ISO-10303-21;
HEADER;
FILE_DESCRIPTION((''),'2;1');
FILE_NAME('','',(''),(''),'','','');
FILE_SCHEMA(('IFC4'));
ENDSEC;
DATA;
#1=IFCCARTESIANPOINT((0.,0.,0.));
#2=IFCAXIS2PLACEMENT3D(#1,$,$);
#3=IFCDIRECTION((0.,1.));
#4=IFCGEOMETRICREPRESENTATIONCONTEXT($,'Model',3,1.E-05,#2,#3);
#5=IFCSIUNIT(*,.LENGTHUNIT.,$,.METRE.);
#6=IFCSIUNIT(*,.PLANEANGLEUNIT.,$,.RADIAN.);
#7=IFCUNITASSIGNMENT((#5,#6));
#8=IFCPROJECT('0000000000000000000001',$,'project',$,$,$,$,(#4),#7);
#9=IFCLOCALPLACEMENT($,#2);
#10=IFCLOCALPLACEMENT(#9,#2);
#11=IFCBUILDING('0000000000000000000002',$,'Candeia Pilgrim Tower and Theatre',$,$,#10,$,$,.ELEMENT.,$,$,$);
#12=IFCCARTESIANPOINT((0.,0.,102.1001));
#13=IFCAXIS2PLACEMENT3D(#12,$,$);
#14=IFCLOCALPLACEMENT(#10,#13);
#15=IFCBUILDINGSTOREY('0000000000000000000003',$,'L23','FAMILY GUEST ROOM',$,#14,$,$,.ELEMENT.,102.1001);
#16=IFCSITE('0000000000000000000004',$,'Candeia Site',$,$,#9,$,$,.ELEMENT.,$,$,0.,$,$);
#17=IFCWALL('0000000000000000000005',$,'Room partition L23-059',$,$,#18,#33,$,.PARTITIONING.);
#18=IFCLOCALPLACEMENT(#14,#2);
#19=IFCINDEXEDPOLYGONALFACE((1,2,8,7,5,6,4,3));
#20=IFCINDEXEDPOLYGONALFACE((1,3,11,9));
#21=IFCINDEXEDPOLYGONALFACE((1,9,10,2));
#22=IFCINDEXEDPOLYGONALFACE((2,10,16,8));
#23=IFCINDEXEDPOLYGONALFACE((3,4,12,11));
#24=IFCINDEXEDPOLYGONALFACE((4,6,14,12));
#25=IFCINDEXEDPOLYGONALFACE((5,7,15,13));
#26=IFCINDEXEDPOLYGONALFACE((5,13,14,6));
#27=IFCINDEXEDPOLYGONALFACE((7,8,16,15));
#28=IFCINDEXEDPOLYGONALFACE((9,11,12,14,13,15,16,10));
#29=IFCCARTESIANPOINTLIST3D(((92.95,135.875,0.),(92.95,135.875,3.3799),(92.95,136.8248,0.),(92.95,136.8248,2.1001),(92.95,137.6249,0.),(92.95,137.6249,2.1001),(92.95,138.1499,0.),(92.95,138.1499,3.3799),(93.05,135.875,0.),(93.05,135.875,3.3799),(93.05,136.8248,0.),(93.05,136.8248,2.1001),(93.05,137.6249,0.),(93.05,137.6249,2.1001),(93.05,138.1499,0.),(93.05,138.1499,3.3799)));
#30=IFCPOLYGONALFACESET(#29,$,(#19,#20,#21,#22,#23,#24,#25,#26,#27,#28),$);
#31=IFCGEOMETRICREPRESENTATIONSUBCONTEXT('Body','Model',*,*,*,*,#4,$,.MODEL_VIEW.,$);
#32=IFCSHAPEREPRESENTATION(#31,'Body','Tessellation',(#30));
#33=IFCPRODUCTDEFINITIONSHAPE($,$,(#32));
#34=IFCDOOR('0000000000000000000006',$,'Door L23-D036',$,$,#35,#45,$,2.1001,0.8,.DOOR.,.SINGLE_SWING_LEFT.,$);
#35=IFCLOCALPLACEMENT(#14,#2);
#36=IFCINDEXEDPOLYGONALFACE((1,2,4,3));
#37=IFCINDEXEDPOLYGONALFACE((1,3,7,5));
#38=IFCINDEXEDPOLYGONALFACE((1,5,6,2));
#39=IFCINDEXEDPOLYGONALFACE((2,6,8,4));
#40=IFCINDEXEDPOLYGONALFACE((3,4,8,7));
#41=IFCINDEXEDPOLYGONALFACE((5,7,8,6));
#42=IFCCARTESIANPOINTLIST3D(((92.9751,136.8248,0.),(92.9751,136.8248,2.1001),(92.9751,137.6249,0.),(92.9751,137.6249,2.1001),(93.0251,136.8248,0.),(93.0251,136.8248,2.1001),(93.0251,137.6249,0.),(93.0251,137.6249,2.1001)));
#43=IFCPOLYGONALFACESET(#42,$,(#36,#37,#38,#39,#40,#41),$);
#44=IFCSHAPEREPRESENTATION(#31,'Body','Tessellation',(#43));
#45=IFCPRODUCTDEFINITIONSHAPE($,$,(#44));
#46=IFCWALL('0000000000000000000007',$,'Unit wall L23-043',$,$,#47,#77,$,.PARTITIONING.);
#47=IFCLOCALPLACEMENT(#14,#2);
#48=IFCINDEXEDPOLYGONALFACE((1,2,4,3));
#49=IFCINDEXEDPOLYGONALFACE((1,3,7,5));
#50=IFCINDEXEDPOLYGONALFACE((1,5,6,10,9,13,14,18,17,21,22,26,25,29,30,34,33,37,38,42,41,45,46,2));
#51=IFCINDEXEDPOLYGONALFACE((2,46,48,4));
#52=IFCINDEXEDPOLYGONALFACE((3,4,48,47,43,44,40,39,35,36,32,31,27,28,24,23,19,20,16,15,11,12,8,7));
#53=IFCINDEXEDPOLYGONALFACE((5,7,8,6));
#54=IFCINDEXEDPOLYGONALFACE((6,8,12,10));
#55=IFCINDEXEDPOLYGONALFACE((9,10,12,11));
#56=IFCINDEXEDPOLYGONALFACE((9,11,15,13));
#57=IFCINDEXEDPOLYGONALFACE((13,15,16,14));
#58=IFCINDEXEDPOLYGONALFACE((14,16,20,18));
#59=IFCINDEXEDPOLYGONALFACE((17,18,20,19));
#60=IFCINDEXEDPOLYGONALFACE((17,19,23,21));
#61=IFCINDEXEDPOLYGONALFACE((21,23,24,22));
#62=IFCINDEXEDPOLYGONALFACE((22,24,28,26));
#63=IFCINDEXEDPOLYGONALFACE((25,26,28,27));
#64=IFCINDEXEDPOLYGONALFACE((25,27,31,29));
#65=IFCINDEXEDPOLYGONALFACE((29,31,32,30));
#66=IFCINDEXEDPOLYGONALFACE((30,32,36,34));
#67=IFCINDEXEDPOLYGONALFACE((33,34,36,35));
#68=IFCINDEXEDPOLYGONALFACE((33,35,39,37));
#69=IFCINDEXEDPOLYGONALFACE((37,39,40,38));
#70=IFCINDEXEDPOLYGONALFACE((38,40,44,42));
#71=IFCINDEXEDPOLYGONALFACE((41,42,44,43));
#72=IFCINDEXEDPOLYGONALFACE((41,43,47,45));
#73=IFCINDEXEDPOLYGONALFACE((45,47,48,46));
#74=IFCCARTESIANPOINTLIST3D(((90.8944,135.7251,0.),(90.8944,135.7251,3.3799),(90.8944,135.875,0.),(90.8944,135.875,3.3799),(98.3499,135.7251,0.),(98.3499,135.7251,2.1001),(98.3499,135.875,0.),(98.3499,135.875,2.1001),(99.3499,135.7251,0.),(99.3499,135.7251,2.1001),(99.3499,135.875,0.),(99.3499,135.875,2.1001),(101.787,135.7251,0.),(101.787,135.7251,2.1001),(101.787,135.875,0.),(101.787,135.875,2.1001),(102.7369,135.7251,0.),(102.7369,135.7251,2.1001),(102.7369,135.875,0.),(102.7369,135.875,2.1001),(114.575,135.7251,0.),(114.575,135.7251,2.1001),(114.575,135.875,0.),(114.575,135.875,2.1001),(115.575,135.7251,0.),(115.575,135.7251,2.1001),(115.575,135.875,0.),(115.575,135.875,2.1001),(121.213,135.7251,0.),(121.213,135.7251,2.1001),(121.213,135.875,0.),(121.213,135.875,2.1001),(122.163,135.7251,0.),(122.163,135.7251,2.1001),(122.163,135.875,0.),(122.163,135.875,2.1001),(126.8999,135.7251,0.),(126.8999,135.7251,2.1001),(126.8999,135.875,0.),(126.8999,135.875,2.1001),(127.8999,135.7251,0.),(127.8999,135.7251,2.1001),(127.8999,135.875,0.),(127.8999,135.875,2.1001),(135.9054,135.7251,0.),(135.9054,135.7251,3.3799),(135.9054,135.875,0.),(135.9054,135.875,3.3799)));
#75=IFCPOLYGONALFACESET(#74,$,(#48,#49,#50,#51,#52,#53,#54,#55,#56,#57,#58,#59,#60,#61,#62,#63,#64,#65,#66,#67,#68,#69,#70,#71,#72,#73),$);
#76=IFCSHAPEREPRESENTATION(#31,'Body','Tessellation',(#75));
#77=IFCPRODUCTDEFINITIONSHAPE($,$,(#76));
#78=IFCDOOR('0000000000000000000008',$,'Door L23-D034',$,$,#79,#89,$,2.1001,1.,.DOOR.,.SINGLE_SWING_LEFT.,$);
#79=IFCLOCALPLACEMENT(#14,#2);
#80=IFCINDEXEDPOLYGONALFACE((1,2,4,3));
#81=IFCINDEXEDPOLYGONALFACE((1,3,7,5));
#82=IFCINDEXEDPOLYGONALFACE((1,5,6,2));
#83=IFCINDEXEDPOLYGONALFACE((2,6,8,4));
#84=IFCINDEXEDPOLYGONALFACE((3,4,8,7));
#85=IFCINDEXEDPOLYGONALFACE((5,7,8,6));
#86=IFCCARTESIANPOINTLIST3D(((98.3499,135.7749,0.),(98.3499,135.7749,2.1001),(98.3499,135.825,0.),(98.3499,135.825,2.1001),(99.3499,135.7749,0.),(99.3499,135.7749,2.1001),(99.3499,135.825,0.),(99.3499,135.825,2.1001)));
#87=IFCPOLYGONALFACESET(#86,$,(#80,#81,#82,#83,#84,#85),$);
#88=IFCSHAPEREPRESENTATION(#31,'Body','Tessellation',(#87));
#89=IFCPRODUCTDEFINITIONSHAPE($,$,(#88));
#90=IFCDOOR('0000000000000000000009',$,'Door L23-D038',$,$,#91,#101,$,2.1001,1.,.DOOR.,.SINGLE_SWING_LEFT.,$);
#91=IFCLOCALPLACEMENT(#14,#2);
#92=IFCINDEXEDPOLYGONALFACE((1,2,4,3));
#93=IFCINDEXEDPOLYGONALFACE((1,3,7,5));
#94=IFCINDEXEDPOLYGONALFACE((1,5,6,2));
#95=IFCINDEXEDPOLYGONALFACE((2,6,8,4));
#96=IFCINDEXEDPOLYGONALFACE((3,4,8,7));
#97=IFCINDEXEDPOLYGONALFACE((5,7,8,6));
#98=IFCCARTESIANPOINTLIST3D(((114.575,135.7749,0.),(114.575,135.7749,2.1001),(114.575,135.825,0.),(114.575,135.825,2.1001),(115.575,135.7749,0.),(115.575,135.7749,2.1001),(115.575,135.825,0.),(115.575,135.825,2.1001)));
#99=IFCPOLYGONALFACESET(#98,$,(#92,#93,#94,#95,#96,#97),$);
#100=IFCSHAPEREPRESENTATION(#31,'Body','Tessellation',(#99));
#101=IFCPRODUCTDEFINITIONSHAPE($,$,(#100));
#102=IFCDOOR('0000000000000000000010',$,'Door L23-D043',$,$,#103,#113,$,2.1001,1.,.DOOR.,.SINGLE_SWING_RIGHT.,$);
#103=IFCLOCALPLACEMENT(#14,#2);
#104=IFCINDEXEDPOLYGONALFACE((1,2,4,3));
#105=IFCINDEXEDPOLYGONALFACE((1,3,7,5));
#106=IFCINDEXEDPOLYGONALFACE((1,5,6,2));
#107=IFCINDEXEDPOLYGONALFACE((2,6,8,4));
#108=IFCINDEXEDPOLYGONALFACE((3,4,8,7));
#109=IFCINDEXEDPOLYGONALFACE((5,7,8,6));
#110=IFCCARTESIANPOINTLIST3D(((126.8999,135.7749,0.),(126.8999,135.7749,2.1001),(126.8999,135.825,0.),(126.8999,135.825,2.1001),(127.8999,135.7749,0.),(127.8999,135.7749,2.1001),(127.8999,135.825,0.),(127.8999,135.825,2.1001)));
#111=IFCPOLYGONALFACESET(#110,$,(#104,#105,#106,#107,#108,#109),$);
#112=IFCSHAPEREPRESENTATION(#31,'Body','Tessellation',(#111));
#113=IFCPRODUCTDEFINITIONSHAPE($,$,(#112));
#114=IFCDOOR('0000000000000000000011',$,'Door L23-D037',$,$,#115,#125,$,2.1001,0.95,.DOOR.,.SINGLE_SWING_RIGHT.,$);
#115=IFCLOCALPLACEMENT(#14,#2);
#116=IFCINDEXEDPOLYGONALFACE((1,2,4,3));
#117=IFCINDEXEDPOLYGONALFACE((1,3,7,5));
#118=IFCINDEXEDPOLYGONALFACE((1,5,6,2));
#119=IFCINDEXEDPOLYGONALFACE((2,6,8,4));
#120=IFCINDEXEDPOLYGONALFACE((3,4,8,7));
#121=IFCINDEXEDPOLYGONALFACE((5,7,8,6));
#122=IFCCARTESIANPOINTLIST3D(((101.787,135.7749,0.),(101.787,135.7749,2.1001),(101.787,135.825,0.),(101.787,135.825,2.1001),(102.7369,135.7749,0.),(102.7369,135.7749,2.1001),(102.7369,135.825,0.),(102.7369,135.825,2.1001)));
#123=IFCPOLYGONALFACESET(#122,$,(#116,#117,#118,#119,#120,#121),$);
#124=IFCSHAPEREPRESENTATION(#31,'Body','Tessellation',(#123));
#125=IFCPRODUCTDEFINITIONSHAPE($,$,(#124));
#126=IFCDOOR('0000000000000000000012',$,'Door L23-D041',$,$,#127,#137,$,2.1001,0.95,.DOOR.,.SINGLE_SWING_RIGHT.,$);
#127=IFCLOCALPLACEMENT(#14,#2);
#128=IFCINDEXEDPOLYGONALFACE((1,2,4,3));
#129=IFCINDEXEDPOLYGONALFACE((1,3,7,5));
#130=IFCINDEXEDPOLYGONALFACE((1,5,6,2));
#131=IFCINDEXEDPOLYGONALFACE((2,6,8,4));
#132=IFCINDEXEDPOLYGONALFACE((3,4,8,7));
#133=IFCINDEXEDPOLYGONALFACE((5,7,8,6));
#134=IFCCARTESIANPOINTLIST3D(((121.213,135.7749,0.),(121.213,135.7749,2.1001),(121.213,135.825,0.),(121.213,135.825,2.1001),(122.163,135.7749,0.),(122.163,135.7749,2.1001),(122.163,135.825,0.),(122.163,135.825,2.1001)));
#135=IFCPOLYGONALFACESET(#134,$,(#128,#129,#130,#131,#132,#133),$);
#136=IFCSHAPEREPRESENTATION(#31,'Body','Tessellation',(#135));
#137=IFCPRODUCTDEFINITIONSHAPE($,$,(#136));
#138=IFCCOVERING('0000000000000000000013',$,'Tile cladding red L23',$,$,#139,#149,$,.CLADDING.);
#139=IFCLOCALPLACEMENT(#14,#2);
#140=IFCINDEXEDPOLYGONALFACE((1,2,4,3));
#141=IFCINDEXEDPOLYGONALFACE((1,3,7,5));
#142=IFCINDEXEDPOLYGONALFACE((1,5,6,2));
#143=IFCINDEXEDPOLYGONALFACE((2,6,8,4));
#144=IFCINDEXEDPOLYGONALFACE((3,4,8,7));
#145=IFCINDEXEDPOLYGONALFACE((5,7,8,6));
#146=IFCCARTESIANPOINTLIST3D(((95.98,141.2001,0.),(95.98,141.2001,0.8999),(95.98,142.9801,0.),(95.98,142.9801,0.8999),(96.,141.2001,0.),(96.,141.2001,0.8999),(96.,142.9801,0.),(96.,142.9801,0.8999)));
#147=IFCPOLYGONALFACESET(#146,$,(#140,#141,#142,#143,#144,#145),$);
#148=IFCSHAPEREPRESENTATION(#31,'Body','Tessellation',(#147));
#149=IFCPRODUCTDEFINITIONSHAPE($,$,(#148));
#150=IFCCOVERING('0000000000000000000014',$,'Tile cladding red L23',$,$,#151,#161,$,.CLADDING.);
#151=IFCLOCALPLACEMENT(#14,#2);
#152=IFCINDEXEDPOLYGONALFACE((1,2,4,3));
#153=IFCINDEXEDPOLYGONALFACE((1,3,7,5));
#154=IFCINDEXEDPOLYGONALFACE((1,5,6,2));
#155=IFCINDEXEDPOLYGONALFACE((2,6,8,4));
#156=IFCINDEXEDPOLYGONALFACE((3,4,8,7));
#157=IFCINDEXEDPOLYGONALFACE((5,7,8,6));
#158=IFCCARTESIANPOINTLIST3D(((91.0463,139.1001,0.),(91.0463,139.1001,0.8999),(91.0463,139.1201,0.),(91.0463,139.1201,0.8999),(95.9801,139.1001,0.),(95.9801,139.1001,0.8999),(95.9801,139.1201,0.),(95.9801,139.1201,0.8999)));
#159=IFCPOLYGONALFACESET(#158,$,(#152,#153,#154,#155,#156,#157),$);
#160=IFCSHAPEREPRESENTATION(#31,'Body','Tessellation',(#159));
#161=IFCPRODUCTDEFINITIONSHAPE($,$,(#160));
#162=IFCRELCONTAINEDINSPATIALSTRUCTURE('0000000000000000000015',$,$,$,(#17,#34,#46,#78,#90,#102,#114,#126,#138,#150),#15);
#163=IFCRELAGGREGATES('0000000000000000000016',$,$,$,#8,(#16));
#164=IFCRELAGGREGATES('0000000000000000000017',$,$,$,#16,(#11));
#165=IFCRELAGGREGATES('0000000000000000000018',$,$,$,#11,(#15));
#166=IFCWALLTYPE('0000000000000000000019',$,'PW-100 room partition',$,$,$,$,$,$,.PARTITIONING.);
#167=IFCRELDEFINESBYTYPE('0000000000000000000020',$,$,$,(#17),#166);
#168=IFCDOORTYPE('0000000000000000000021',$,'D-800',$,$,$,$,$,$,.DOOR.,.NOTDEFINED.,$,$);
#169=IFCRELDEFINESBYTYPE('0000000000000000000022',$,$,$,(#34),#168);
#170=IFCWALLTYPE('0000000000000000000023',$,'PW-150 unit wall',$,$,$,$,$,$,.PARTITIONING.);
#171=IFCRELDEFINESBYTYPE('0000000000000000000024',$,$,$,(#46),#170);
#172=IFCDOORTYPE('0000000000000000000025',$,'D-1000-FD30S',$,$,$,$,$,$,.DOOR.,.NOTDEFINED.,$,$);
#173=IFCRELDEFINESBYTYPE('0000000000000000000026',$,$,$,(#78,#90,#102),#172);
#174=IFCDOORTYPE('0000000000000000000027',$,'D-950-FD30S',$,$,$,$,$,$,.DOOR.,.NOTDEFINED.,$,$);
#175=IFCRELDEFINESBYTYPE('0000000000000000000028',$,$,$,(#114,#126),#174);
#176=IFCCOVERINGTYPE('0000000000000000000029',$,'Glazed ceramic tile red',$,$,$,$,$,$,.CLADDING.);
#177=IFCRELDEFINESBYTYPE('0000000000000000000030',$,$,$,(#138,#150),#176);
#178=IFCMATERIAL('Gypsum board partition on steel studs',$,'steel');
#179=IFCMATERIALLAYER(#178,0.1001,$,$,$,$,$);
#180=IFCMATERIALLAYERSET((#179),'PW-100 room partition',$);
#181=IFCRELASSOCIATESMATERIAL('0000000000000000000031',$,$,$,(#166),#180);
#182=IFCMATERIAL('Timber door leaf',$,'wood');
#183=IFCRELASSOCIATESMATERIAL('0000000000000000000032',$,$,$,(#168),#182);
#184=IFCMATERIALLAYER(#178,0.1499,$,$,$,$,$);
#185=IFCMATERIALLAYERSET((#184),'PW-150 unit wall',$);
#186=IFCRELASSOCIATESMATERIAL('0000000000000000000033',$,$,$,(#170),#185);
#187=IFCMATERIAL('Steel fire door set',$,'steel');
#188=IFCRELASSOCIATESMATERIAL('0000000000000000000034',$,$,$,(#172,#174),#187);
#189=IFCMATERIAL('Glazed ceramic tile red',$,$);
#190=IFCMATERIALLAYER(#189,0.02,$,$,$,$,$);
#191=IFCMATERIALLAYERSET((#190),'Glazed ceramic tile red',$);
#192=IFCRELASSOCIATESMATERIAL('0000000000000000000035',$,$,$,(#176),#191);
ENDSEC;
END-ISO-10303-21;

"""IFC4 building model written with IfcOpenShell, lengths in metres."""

from ifc_helpers import new_model, si_unit, direction, frame, frame_2d, origin, origin_2d, place, context, subcontext, project, spatial, rectangle, extrude, material, layer, layer_set, type_object, element, fill, save


model = new_model("IFC4")

# Units and contexts
model_context = context("Model", 3, precision=1e-05, world=origin(), true_north=direction((0.0, 1.0)))
body_context = subcontext(model_context, "Body", "Model", "MODEL_VIEW")
ifc_project = project(units=[si_unit("LENGTHUNIT", "METRE"), si_unit("PLANEANGLEUNIT", "RADIAN")], contexts=[model_context])

# Site, building, storey
site_placement = place(None, origin())
site = spatial("IfcSite", under=ifc_project, at=site_placement, Name="Candeia Site", CompositionType="ELEMENT", RefElevation=0.0)
building_placement = place(site_placement, origin())
building = spatial("IfcBuilding", under=site, at=building_placement, Name="Candeia Pilgrim Tower and Theatre", CompositionType="ELEMENT")
storey_placement = place(building_placement, frame((0.0, 0.0, 102.1001)))
storey = spatial("IfcBuildingStorey", under=building, at=storey_placement, Name="L23", Description="FAMILY GUEST ROOM", CompositionType="ELEMENT", Elevation=102.1001)

# Shared definitions
ifc_material_1 = material(Name="Gypsum board partition on steel studs", Category="steel")
ifc_layer_1 = layer(ifc_material_1, 0.1001)
ifc_layer_set_1 = layer_set([ifc_layer_1], Name="PW-100 room partition")
wall_type_1 = type_object("IfcWallType", Name="PW-100 room partition", PredefinedType="PARTITIONING", material=ifc_layer_set_1)

# Wall, opening, door
wall_1_placement = place(storey_placement, frame((93.0, 135.875, 0.0), z_axis=(0.0, 0.0, 1.0), x_axis=(0.0, 1.0, 0.0)))
wall_1 = element("IfcWall", 1, at=wall_1_placement, inside=storey, type_object=wall_type_1, Name="Room partition L23-059", PredefinedType="PARTITIONING", context=body_context, shape_type="SweptSolid", body=[
    extrude(rectangle(XDim=2.2749, YDim=0.1001, at=frame_2d((1.1375, 0.0))), origin(), (0.0, 0.0, 1.0), 3.3799),
])
opening_1_placement = place(wall_1_placement, frame((0.95, 0.0, 0.0)))
opening_1 = element("IfcOpeningElement", 2, at=opening_1_placement, cuts=wall_1, PredefinedType="OPENING", context=body_context, shape_type="SweptSolid", body=[
    extrude(rectangle(XDim=0.8, YDim=2.1001, at=frame_2d((0.3999, 1.05))), frame((0.0, 0.0601, 0.0), z_axis=(0.0, -1.0, 0.0), x_axis=(1.0, 0.0, 0.0)), (0.0, 0.0, 1.0), 0.1201),
])
ifc_material_2 = material(Name="Timber door leaf", Category="wood")
door_type_1 = type_object("IfcDoorType", Name="D-800", OperationType="NOTDEFINED", PredefinedType="DOOR", material=ifc_material_2)
door_1_placement = place(opening_1_placement, origin())
door_1 = element("IfcDoor", 3, at=door_1_placement, inside=storey, type_object=door_type_1, Name="Door L23-D036", OperationType="SINGLE_SWING_LEFT", OverallHeight=2.1001, OverallWidth=0.8, PredefinedType="DOOR", context=body_context, shape_type="SweptSolid", body=[
    extrude(rectangle(XDim=0.8, YDim=2.1001, at=frame_2d((0.3999, 1.05))), frame((0.0, 0.0249, 0.0), z_axis=(0.0, -1.0, 0.0), x_axis=(1.0, 0.0, 0.0)), (0.0, 0.0, 1.0), 0.05),
])
fill(opening_1, door_1)

# Wall, openings, doors
ifc_layer_2 = layer(ifc_material_1, 0.1499)
ifc_layer_set_2 = layer_set([ifc_layer_2], Name="PW-150 unit wall")
wall_type_2 = type_object("IfcWallType", Name="PW-150 unit wall", PredefinedType="PARTITIONING", material=ifc_layer_set_2)
wall_2_placement = place(storey_placement, frame((90.8945, 135.8, 0.0), z_axis=(0.0, 0.0, 1.0), x_axis=(1.0, 0.0, 0.0)))
wall_2 = element("IfcWall", 4, at=wall_2_placement, inside=storey, type_object=wall_type_2, Name="Unit wall L23-043", PredefinedType="PARTITIONING", context=body_context, shape_type="SweptSolid", body=[
    extrude(rectangle(XDim=45.011, YDim=0.1499, at=frame_2d((22.5054, 0.0))), origin(), (0.0, 0.0, 1.0), 3.3799),
])
opening_2_placement = place(wall_2_placement, frame((7.4553, 0.0, 0.0)))
opening_2 = element("IfcOpeningElement", 5, at=opening_2_placement, cuts=wall_2, PredefinedType="OPENING", context=body_context, shape_type="SweptSolid", body=[
    extrude(rectangle(XDim=1.0, YDim=2.1001, at=frame_2d((0.5, 1.05))), frame((0.0, 0.085, 0.0), z_axis=(0.0, -1.0, 0.0), x_axis=(1.0, 0.0, 0.0)), (0.0, 0.0, 1.0), 0.1699),
])
opening_3_placement = place(wall_2_placement, frame((10.8923, 0.0, 0.0)))
opening_3 = element("IfcOpeningElement", 6, at=opening_3_placement, cuts=wall_2, PredefinedType="OPENING", context=body_context, shape_type="SweptSolid", body=[
    extrude(rectangle(XDim=0.95, YDim=2.1001, at=frame_2d((0.4751, 1.05))), frame((0.0, 0.085, 0.0), z_axis=(0.0, -1.0, 0.0), x_axis=(1.0, 0.0, 0.0)), (0.0, 0.0, 1.0), 0.1699),
])
opening_4_placement = place(wall_2_placement, frame((23.6804, 0.0, 0.0)))
opening_4 = element("IfcOpeningElement", 7, at=opening_4_placement, cuts=wall_2, PredefinedType="OPENING", context=body_context, shape_type="SweptSolid", body=[
    extrude(rectangle(XDim=1.0, YDim=2.1001, at=frame_2d((0.5, 1.05))), frame((0.0, 0.085, 0.0), z_axis=(0.0, -1.0, 0.0), x_axis=(1.0, 0.0, 0.0)), (0.0, 0.0, 1.0), 0.1699),
])
opening_5_placement = place(wall_2_placement, frame((30.3184, 0.0, 0.0)))
opening_5 = element("IfcOpeningElement", 8, at=opening_5_placement, cuts=wall_2, PredefinedType="OPENING", context=body_context, shape_type="SweptSolid", body=[
    extrude(rectangle(XDim=0.95, YDim=2.1001, at=frame_2d((0.4751, 1.05))), frame((0.0, 0.085, 0.0), z_axis=(0.0, -1.0, 0.0), x_axis=(1.0, 0.0, 0.0)), (0.0, 0.0, 1.0), 0.1699),
])
opening_6_placement = place(wall_2_placement, frame((36.0054, 0.0, 0.0)))
opening_6 = element("IfcOpeningElement", 9, at=opening_6_placement, cuts=wall_2, PredefinedType="OPENING", context=body_context, shape_type="SweptSolid", body=[
    extrude(rectangle(XDim=1.0, YDim=2.1001, at=frame_2d((0.5, 1.05))), frame((0.0, 0.085, 0.0), z_axis=(0.0, -1.0, 0.0), x_axis=(1.0, 0.0, 0.0)), (0.0, 0.0, 1.0), 0.1699),
])
ifc_material_3 = material(Name="Steel fire door set", Category="steel")
door_type_2 = type_object("IfcDoorType", Name="D-1000-FD30S", OperationType="NOTDEFINED", PredefinedType="DOOR", material=ifc_material_3)
door_2_placement = place(opening_2_placement, origin())
door_2 = element("IfcDoor", 10, at=door_2_placement, inside=storey, type_object=door_type_2, Name="Door L23-D034", OperationType="SINGLE_SWING_LEFT", OverallHeight=2.1001, OverallWidth=1.0, PredefinedType="DOOR", context=body_context, shape_type="SweptSolid", body=[
    extrude(rectangle(XDim=1.0, YDim=2.1001, at=frame_2d((0.5, 1.05))), frame((0.0, 0.0249, 0.0), z_axis=(0.0, -1.0, 0.0), x_axis=(1.0, 0.0, 0.0)), (0.0, 0.0, 1.0), 0.05),
])
fill(opening_2, door_2)
door_3_placement = place(opening_4_placement, origin())
door_3 = element("IfcDoor", 11, at=door_3_placement, inside=storey, type_object=door_type_2, Name="Door L23-D038", OperationType="SINGLE_SWING_LEFT", OverallHeight=2.1001, OverallWidth=1.0, PredefinedType="DOOR", context=body_context, shape_type="SweptSolid", body=[
    extrude(rectangle(XDim=1.0, YDim=2.1001, at=frame_2d((0.5, 1.05))), frame((0.0, 0.0249, 0.0), z_axis=(0.0, -1.0, 0.0), x_axis=(1.0, 0.0, 0.0)), (0.0, 0.0, 1.0), 0.05),
])
fill(opening_4, door_3)
door_4_placement = place(opening_6_placement, origin())
door_4 = element("IfcDoor", 12, at=door_4_placement, inside=storey, type_object=door_type_2, Name="Door L23-D043", OperationType="SINGLE_SWING_RIGHT", OverallHeight=2.1001, OverallWidth=1.0, PredefinedType="DOOR", context=body_context, shape_type="SweptSolid", body=[
    extrude(rectangle(XDim=1.0, YDim=2.1001, at=frame_2d((0.5, 1.05))), frame((0.0, 0.0249, 0.0), z_axis=(0.0, -1.0, 0.0), x_axis=(1.0, 0.0, 0.0)), (0.0, 0.0, 1.0), 0.05),
])
fill(opening_6, door_4)
door_type_3 = type_object("IfcDoorType", Name="D-950-FD30S", OperationType="NOTDEFINED", PredefinedType="DOOR", material=ifc_material_3)
door_5_placement = place(opening_3_placement, origin())
door_5 = element("IfcDoor", 13, at=door_5_placement, inside=storey, type_object=door_type_3, Name="Door L23-D037", OperationType="SINGLE_SWING_RIGHT", OverallHeight=2.1001, OverallWidth=0.95, PredefinedType="DOOR", context=body_context, shape_type="SweptSolid", body=[
    extrude(rectangle(XDim=0.95, YDim=2.1001, at=frame_2d((0.4751, 1.05))), frame((0.0, 0.0249, 0.0), z_axis=(0.0, -1.0, 0.0), x_axis=(1.0, 0.0, 0.0)), (0.0, 0.0, 1.0), 0.05),
])
fill(opening_3, door_5)
door_6_placement = place(opening_5_placement, origin())
door_6 = element("IfcDoor", 14, at=door_6_placement, inside=storey, type_object=door_type_3, Name="Door L23-D041", OperationType="SINGLE_SWING_RIGHT", OverallHeight=2.1001, OverallWidth=0.95, PredefinedType="DOOR", context=body_context, shape_type="SweptSolid", body=[
    extrude(rectangle(XDim=0.95, YDim=2.1001, at=frame_2d((0.4751, 1.05))), frame((0.0, 0.0249, 0.0), z_axis=(0.0, -1.0, 0.0), x_axis=(1.0, 0.0, 0.0)), (0.0, 0.0, 1.0), 0.05),
])
fill(opening_5, door_6)

# Coverings
ifc_material_4 = material(Name="Glazed ceramic tile red")
ifc_layer_3 = layer(ifc_material_4, 0.02)
ifc_layer_set_3 = layer_set([ifc_layer_3], Name="Glazed ceramic tile red")
covering_type_1 = type_object("IfcCoveringType", Name="Glazed ceramic tile red", PredefinedType="CLADDING", material=ifc_layer_set_3)
covering_1_placement = place(storey_placement, frame((95.99, 142.0901, 0.0), z_axis=(0.0, 0.0, 1.0), x_axis=(0.0, -1.0, 0.0)))
element("IfcCovering", 15, at=covering_1_placement, inside=storey, type_object=covering_type_1, Name="Tile cladding red L23", PredefinedType="CLADDING", context=body_context, shape_type="SweptSolid", body=[
    extrude(rectangle(XDim=1.78, YDim=0.02, at=origin_2d()), origin(), (0.0, 0.0, 1.0), 0.8999),
])
covering_2_placement = place(storey_placement, frame((93.5132, 139.1101, 0.0), z_axis=(0.0, 0.0, 1.0), x_axis=(-1.0, 0.0, 0.0)))
element("IfcCovering", 16, at=covering_2_placement, inside=storey, type_object=covering_type_1, Name="Tile cladding red L23", PredefinedType="CLADDING", context=body_context, shape_type="SweptSolid", body=[
    extrude(rectangle(XDim=4.9338, YDim=0.02, at=origin_2d()), origin(), (0.0, 0.0, 1.0), 0.8999),
])

save(model, "model.ifc")
